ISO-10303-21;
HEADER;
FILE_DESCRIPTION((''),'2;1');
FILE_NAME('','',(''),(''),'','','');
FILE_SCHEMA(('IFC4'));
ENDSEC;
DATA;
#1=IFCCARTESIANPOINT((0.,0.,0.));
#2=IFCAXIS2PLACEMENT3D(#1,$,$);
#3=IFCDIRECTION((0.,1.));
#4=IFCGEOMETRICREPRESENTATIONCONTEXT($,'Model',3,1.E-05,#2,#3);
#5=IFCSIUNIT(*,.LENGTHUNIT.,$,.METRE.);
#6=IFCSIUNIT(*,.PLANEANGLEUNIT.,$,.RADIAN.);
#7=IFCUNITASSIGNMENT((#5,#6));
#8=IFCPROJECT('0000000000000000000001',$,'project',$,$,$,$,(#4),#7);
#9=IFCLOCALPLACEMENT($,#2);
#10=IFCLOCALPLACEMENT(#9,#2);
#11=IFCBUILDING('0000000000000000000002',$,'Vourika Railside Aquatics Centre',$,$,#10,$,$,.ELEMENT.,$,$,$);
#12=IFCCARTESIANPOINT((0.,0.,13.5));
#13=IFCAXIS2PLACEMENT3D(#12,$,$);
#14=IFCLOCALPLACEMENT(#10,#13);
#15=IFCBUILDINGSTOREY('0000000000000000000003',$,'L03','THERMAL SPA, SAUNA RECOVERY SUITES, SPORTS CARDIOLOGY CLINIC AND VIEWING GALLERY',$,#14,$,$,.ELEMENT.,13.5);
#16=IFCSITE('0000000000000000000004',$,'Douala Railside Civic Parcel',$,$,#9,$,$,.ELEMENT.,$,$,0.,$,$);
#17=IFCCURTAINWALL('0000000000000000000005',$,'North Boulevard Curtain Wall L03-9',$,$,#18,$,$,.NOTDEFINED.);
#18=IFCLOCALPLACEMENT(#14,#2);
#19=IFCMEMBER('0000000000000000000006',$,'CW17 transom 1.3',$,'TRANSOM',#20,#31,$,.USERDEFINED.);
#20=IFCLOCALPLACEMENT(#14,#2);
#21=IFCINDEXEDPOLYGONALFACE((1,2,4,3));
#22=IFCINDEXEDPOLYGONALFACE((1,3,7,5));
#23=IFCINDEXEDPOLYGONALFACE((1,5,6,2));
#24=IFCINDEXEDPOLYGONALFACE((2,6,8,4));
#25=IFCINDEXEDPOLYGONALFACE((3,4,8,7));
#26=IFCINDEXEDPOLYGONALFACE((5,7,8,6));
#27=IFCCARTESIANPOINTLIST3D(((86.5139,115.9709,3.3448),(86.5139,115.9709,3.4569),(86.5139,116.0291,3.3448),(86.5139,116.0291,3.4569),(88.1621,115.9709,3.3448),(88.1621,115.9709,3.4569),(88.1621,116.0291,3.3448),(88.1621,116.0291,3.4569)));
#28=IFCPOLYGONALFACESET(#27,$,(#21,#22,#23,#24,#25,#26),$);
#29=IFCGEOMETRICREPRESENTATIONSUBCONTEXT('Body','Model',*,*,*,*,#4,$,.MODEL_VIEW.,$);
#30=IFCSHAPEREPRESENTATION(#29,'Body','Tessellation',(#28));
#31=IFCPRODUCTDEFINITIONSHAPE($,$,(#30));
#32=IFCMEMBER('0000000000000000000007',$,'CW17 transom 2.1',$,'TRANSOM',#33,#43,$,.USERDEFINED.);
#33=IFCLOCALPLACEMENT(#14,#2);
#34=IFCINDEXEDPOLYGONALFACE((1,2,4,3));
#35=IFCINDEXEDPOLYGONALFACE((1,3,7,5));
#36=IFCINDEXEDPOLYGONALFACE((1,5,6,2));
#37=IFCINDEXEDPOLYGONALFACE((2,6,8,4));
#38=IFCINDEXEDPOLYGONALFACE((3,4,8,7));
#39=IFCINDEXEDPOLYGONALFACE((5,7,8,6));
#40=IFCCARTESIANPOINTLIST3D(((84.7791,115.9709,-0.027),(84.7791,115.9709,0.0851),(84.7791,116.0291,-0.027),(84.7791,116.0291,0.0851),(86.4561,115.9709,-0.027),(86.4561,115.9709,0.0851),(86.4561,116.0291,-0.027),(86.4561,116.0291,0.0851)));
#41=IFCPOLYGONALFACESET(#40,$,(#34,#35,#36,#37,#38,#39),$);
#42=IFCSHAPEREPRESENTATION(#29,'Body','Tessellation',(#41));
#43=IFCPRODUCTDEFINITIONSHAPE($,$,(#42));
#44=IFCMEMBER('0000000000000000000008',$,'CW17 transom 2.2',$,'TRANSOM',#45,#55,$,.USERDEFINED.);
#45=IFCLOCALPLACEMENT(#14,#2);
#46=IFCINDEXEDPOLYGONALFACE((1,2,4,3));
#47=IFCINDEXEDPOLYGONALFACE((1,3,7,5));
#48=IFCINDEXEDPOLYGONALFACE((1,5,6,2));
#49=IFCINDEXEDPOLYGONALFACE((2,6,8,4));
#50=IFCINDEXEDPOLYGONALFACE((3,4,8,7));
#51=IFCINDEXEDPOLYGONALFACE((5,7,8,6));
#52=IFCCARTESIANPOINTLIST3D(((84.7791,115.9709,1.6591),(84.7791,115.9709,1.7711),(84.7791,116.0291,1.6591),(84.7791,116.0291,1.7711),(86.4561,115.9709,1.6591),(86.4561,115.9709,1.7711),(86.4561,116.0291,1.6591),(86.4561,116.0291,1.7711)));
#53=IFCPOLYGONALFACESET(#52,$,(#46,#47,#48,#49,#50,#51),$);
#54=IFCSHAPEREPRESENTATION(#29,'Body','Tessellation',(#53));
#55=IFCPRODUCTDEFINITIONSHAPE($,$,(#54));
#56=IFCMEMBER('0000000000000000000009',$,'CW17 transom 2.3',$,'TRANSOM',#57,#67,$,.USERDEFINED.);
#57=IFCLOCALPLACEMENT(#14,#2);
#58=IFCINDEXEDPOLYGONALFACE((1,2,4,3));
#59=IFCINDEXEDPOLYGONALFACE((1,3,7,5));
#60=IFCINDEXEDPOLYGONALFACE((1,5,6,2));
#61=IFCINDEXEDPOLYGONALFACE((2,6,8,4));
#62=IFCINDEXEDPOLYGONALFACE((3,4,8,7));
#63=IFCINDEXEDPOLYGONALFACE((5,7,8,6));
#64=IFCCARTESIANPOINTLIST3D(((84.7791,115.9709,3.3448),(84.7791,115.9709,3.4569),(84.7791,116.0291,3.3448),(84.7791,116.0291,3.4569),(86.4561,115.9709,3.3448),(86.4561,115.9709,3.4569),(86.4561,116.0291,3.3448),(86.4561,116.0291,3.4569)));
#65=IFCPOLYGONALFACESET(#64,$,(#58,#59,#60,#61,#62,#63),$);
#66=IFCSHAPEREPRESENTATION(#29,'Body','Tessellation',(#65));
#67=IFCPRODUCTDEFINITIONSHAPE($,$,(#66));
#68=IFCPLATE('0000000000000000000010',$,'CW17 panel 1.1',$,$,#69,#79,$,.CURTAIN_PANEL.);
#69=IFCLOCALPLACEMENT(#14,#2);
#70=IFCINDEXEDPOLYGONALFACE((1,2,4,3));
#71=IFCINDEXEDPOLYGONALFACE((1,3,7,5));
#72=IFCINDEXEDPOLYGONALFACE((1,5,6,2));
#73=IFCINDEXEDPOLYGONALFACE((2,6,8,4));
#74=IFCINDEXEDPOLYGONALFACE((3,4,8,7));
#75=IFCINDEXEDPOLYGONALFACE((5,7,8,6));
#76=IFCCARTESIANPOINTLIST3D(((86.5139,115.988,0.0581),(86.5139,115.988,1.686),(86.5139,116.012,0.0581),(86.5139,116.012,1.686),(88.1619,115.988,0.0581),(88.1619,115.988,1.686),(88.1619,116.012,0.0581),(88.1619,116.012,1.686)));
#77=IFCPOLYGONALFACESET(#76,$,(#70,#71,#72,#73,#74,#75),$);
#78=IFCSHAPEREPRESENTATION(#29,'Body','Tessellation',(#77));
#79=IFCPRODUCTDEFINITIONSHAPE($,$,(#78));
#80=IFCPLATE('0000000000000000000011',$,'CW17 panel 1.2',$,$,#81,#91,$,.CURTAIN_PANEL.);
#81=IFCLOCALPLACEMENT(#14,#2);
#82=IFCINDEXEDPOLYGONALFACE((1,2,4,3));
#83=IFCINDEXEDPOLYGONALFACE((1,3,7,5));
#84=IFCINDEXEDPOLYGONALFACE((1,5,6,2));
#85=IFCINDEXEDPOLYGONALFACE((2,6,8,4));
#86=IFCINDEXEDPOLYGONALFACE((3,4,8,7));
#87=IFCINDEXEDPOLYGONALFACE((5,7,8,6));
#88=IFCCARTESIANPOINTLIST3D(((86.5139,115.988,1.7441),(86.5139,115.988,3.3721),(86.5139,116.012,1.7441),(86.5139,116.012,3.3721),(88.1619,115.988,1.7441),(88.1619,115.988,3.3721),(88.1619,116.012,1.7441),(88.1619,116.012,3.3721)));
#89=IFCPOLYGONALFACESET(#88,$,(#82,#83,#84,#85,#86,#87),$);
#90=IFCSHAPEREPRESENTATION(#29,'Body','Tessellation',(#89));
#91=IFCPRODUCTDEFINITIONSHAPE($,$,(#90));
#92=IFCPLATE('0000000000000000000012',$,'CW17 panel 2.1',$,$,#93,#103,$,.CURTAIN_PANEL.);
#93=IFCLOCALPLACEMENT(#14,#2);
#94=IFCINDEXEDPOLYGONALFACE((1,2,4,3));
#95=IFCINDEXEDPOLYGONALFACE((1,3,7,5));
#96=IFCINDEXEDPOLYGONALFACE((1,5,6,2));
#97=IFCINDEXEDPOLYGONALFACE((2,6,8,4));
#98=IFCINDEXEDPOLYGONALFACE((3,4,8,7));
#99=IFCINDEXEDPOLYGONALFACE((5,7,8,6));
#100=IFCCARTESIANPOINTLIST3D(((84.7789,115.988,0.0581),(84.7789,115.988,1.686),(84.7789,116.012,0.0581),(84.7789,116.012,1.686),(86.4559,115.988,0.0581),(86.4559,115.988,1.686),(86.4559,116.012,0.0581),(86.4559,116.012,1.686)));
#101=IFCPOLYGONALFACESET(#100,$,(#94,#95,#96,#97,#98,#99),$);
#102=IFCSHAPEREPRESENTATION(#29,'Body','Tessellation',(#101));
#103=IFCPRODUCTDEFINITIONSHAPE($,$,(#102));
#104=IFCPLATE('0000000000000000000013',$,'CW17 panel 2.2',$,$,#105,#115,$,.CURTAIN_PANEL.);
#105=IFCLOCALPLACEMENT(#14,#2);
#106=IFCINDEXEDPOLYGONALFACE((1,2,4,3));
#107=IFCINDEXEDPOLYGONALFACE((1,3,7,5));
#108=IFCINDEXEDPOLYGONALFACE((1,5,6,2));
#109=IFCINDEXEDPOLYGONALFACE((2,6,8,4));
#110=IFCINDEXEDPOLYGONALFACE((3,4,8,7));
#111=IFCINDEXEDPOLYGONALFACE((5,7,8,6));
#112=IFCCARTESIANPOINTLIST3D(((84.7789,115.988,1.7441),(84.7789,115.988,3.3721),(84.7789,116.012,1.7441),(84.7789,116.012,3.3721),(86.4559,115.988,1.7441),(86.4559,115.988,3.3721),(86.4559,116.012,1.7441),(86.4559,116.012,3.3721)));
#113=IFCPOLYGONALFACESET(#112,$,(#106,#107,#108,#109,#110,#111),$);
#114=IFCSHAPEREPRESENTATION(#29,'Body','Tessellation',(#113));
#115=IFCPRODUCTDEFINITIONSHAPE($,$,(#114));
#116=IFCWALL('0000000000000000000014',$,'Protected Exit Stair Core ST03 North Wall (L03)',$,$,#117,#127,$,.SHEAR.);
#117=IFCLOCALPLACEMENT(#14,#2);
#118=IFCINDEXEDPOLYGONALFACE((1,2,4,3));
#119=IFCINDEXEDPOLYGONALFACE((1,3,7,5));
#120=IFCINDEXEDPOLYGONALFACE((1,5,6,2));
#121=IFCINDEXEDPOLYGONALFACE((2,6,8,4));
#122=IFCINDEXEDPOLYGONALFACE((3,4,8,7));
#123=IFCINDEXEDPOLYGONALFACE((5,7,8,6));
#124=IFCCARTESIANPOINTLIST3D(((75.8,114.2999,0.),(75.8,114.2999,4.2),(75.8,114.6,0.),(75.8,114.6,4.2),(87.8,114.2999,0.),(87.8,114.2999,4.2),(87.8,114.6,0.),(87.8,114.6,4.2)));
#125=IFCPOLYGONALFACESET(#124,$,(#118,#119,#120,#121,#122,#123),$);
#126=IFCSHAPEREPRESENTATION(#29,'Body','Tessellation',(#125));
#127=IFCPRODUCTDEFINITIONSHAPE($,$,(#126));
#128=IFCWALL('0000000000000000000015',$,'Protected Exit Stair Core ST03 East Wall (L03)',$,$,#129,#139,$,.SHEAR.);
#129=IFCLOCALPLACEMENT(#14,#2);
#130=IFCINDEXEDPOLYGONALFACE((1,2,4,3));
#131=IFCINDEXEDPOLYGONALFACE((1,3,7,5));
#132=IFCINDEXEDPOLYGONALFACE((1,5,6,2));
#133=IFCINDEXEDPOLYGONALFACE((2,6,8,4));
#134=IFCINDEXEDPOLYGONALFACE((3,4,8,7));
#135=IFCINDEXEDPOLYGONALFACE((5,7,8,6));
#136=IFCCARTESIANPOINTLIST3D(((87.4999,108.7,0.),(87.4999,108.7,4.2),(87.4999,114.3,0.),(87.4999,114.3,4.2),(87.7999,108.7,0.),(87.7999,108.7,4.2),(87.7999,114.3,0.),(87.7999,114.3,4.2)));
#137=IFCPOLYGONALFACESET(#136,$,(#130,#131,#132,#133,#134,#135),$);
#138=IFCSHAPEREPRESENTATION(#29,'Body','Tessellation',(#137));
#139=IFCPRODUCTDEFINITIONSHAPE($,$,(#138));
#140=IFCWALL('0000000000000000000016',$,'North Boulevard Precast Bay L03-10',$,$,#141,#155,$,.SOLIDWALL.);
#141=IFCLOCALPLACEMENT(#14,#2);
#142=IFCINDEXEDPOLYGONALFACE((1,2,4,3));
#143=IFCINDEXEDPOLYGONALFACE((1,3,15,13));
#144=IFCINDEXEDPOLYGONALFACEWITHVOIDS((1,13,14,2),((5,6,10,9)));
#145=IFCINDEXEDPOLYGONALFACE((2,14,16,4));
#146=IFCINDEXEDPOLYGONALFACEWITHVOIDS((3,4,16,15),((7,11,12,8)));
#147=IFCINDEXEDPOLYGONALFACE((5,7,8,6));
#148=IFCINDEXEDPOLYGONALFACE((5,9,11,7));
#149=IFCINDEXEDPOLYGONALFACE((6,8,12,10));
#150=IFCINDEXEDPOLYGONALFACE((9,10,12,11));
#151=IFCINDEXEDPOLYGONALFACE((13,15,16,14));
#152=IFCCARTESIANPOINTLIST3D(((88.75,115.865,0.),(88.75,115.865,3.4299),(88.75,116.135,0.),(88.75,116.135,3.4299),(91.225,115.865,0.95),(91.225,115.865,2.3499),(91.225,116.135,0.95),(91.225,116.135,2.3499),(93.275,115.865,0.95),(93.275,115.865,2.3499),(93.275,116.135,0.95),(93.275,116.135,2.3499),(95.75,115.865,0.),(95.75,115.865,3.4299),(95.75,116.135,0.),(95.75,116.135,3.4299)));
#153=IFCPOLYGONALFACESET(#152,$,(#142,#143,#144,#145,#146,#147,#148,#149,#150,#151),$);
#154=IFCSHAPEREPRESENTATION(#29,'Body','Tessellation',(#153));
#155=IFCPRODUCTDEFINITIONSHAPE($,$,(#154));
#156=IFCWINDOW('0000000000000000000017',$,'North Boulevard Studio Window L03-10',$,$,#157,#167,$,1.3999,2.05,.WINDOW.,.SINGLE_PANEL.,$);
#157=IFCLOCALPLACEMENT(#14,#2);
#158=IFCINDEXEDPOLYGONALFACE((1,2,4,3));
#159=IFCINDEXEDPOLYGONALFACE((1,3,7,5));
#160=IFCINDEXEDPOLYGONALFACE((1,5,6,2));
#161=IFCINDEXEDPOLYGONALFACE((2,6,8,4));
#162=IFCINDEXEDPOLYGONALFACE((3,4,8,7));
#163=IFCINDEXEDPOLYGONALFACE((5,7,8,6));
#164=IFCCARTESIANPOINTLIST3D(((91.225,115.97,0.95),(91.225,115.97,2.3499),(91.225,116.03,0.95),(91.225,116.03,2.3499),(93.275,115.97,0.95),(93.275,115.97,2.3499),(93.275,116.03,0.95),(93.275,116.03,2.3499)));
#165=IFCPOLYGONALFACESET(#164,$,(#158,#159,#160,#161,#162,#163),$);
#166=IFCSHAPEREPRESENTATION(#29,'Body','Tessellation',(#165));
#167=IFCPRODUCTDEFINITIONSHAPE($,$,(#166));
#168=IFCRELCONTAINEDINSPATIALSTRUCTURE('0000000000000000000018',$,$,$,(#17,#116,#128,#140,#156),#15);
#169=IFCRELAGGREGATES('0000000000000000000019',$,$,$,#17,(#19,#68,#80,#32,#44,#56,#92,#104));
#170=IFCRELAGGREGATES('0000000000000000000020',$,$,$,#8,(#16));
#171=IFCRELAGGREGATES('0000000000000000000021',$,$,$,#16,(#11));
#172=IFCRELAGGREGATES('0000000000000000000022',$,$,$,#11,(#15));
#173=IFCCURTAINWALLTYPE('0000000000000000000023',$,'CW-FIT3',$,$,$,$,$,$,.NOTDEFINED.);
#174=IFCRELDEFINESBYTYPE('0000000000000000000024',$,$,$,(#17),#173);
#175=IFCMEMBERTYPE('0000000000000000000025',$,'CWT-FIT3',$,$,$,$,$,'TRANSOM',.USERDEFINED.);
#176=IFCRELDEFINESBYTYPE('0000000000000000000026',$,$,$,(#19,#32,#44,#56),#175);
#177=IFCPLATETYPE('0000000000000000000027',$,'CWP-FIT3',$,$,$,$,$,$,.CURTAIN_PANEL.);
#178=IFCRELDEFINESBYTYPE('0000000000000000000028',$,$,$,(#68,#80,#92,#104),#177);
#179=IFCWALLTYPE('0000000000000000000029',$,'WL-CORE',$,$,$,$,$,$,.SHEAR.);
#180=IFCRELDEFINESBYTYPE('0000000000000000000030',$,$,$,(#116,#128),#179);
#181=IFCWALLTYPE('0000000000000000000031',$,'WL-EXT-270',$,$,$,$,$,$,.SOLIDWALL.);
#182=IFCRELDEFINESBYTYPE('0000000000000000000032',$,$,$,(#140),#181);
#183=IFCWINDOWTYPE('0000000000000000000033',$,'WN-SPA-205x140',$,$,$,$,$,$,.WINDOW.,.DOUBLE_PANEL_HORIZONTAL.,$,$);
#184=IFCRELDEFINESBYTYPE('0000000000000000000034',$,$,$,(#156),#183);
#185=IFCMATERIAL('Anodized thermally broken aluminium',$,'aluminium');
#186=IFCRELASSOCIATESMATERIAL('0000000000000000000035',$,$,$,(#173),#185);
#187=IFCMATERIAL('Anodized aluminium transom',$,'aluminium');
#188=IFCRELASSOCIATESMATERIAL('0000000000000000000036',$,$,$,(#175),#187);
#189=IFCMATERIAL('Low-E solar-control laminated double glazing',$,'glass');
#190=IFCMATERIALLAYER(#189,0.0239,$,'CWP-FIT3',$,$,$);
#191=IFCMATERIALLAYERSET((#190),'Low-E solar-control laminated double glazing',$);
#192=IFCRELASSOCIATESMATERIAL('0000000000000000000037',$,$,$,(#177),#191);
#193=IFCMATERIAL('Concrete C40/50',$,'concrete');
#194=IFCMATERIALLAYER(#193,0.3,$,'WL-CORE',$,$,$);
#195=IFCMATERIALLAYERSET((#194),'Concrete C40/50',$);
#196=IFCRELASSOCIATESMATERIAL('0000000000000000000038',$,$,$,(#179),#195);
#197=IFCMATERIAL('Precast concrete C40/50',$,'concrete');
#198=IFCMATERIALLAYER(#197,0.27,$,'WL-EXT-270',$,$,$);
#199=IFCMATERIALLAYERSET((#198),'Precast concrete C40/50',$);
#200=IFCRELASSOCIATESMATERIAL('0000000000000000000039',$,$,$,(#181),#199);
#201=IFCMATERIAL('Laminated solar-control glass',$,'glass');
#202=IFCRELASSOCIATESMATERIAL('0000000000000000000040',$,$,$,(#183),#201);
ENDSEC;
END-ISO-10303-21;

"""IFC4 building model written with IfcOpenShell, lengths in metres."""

from ifc_helpers import new_model, si_unit, direction, frame, frame_2d, origin, origin_2d, place, context, subcontext, project, spatial, rectangle, extrude, material, layer, layer_set, material_profile, profile_set, type_object, element, fill, aggregate, save


model = new_model("IFC4")

# Units and contexts
model_context = context("Model", 3, precision=1e-05, world=origin(), true_north=direction((0.0, 1.0)))
body_context = subcontext(model_context, "Body", "Model", "MODEL_VIEW")
ifc_project = project(units=[si_unit("LENGTHUNIT", "METRE"), si_unit("PLANEANGLEUNIT", "RADIAN")], contexts=[model_context])

# Site, building, storey
site_placement = place(None, origin())
site = spatial("IfcSite", under=ifc_project, at=site_placement, Name="Douala Railside Civic Parcel", CompositionType="ELEMENT", RefElevation=0.0)
building_placement = place(site_placement, origin())
building = spatial("IfcBuilding", under=site, at=building_placement, Name="Vourika Railside Aquatics Centre", CompositionType="ELEMENT")
storey_placement = place(building_placement, frame((0.0, 0.0, 13.5)))
storey = spatial("IfcBuildingStorey", under=building, at=storey_placement, Name="L03", Description="THERMAL SPA, SAUNA RECOVERY SUITES, SPORTS CARDIOLOGY CLINIC AND VIEWING GALLERY", CompositionType="ELEMENT", Elevation=13.5)

# Curtain wall, members, plates
ifc_material_1 = material(Name="Anodized thermally broken aluminium", Category="aluminium")
curtain_wall_type = type_object("IfcCurtainWallType", Name="CW-FIT3", PredefinedType="NOTDEFINED", material=ifc_material_1)
curtain_wall_placement = place(storey_placement, origin())
curtain_wall = element("IfcCurtainWall", 1, at=curtain_wall_placement, inside=storey, type_object=curtain_wall_type, Name="North Boulevard Curtain Wall L03-9", PredefinedType="NOTDEFINED")
ifc_material_2 = material(Name="Anodized aluminium transom", Category="aluminium")
ifc_material_profile_1 = material_profile(ifc_material_2, rectangle(XDim=0.0581, YDim=0.1121, at=origin_2d()), Name="ALU-T 58x112")
ifc_profile_set_1 = profile_set([ifc_material_profile_1], Name="Anodized aluminium transom")
member_type_1 = type_object("IfcMemberType", Name="CWT-FIT3", ElementType="TRANSOM", PredefinedType="USERDEFINED", material=ifc_profile_set_1)
member_1_placement = place(storey_placement, frame((88.1621, 116.0, 3.4009), z_axis=(-1.0, 0.0, 0.0), x_axis=(0.0, -1.0, 0.0)))
member_1 = element("IfcMember", 2, at=member_1_placement, type_object=member_type_1, Name="CW17 transom 1.3", ObjectType="TRANSOM", PredefinedType="USERDEFINED", context=body_context, shape_type="SweptSolid", body=[
    extrude(rectangle(XDim=0.0581, YDim=0.1121, at=origin_2d()), origin(), (0.0, 0.0, 1.0), 1.6482),
])
member_2_placement = place(storey_placement, frame((86.4561, 116.0, 0.0291), z_axis=(-1.0, 0.0, 0.0), x_axis=(0.0, -1.0, 0.0)))
member_2 = element("IfcMember", 3, at=member_2_placement, type_object=member_type_1, Name="CW17 transom 2.1", ObjectType="TRANSOM", PredefinedType="USERDEFINED", context=body_context, shape_type="SweptSolid", body=[
    extrude(rectangle(XDim=0.0581, YDim=0.1121, at=origin_2d()), origin(), (0.0, 0.0, 1.0), 1.677),
])
member_3_placement = place(storey_placement, frame((86.4561, 116.0, 1.7151), z_axis=(-1.0, 0.0, 0.0), x_axis=(0.0, -1.0, 0.0)))
member_3 = element("IfcMember", 4, at=member_3_placement, type_object=member_type_1, Name="CW17 transom 2.2", ObjectType="TRANSOM", PredefinedType="USERDEFINED", context=body_context, shape_type="SweptSolid", body=[
    extrude(rectangle(XDim=0.0581, YDim=0.1121, at=origin_2d()), origin(), (0.0, 0.0, 1.0), 1.677),
])
member_4_placement = place(storey_placement, frame((86.4561, 116.0, 3.4009), z_axis=(-1.0, 0.0, 0.0), x_axis=(0.0, -1.0, 0.0)))
member_4 = element("IfcMember", 5, at=member_4_placement, type_object=member_type_1, Name="CW17 transom 2.3", ObjectType="TRANSOM", PredefinedType="USERDEFINED", context=body_context, shape_type="SweptSolid", body=[
    extrude(rectangle(XDim=0.0581, YDim=0.1121, at=origin_2d()), origin(), (0.0, 0.0, 1.0), 1.677),
])
ifc_material_3 = material(Name="Low-E solar-control laminated double glazing", Category="glass")
ifc_layer_1 = layer(ifc_material_3, 0.0239, Name="CWP-FIT3")
ifc_layer_set_1 = layer_set([ifc_layer_1], Name="Low-E solar-control laminated double glazing")
plate_type = type_object("IfcPlateType", Name="CWP-FIT3", PredefinedType="CURTAIN_PANEL", material=ifc_layer_set_1)
plate_1_placement = place(storey_placement, frame((87.3379, 116.0, 0.0581), z_axis=(0.0, 0.0, 1.0), x_axis=(-1.0, 0.0, 0.0)))
plate_1 = element("IfcPlate", 6, at=plate_1_placement, type_object=plate_type, Name="CW17 panel 1.1", PredefinedType="CURTAIN_PANEL", context=body_context, shape_type="SweptSolid", body=[
    extrude(rectangle(XDim=1.6479, YDim=0.0239, at=origin_2d()), origin(), (0.0, 0.0, 1.0), 1.6279),
])
plate_2_placement = place(storey_placement, frame((87.3379, 116.0, 1.7441), z_axis=(0.0, 0.0, 1.0), x_axis=(-1.0, 0.0, 0.0)))
plate_2 = element("IfcPlate", 7, at=plate_2_placement, type_object=plate_type, Name="CW17 panel 1.2", PredefinedType="CURTAIN_PANEL", context=body_context, shape_type="SweptSolid", body=[
    extrude(rectangle(XDim=1.6479, YDim=0.0239, at=origin_2d()), origin(), (0.0, 0.0, 1.0), 1.6279),
])
plate_3_placement = place(storey_placement, frame((85.6174, 116.0, 0.0581), z_axis=(0.0, 0.0, 1.0), x_axis=(-1.0, 0.0, 0.0)))
plate_3 = element("IfcPlate", 8, at=plate_3_placement, type_object=plate_type, Name="CW17 panel 2.1", PredefinedType="CURTAIN_PANEL", context=body_context, shape_type="SweptSolid", body=[
    extrude(rectangle(XDim=1.677, YDim=0.0239, at=origin_2d()), origin(), (0.0, 0.0, 1.0), 1.6279),
])
plate_4_placement = place(storey_placement, frame((85.6174, 116.0, 1.7441), z_axis=(0.0, 0.0, 1.0), x_axis=(-1.0, 0.0, 0.0)))
plate_4 = element("IfcPlate", 9, at=plate_4_placement, type_object=plate_type, Name="CW17 panel 2.2", PredefinedType="CURTAIN_PANEL", context=body_context, shape_type="SweptSolid", body=[
    extrude(rectangle(XDim=1.677, YDim=0.0239, at=origin_2d()), origin(), (0.0, 0.0, 1.0), 1.6279),
])
aggregate(curtain_wall, [member_1, plate_1, plate_2, member_2, member_3, member_4, plate_3, plate_4])

# Walls
ifc_material_4 = material(Name="Concrete C40/50", Category="concrete")
ifc_layer_2 = layer(ifc_material_4, 0.3, Name="WL-CORE")
ifc_layer_set_2 = layer_set([ifc_layer_2], Name="Concrete C40/50")
wall_type_1 = type_object("IfcWallType", Name="WL-CORE", PredefinedType="SHEAR", material=ifc_layer_set_2)
wall_1_placement = place(storey_placement, frame((87.8, 114.45, 0.0), z_axis=(0.0, 0.0, 1.0), x_axis=(-1.0, 0.0, 0.0)))
element("IfcWall", 10, at=wall_1_placement, inside=storey, type_object=wall_type_1, Name="Protected Exit Stair Core ST03 North Wall (L03)", PredefinedType="SHEAR", context=body_context, shape_type="SweptSolid", body=[
    extrude(rectangle(XDim=12.0, YDim=0.3, at=frame_2d((6.0, 0.0))), origin(), (0.0, 0.0, 1.0), 4.2),
])
wall_2_placement = place(storey_placement, frame((87.6499, 108.7, 0.0), z_axis=(0.0, 0.0, 1.0), x_axis=(0.0, 1.0, 0.0)))
element("IfcWall", 11, at=wall_2_placement, inside=storey, type_object=wall_type_1, Name="Protected Exit Stair Core ST03 East Wall (L03)", PredefinedType="SHEAR", context=body_context, shape_type="SweptSolid", body=[
    extrude(rectangle(XDim=5.6001, YDim=0.3, at=frame_2d((2.8, 0.0))), origin(), (0.0, 0.0, 1.0), 4.2),
])

# Wall, opening, window
ifc_material_5 = material(Name="Precast concrete C40/50", Category="concrete")
ifc_layer_3 = layer(ifc_material_5, 0.27, Name="WL-EXT-270")
ifc_layer_set_3 = layer_set([ifc_layer_3], Name="Precast concrete C40/50")
wall_type_2 = type_object("IfcWallType", Name="WL-EXT-270", PredefinedType="SOLIDWALL", material=ifc_layer_set_3)
wall_3_placement = place(storey_placement, frame((95.75, 116.0, 0.0), z_axis=(0.0, 0.0, 1.0), x_axis=(-1.0, 0.0, 0.0)))
wall_3 = element("IfcWall", 12, at=wall_3_placement, inside=storey, type_object=wall_type_2, Name="North Boulevard Precast Bay L03-10", PredefinedType="SOLIDWALL", context=body_context, shape_type="SweptSolid", body=[
    extrude(rectangle(XDim=7.0, YDim=0.27, at=frame_2d((3.5, 0.0))), origin(), (0.0, 0.0, 1.0), 3.4299),
])
opening_1_placement = place(wall_3_placement, frame((2.4751, 0.0, 0.95)))
opening_1 = element("IfcOpeningElement", 13, at=opening_1_placement, cuts=wall_3, PredefinedType="OPENING", context=body_context, shape_type="SweptSolid", body=[
    extrude(rectangle(XDim=2.05, YDim=1.3999, at=frame_2d((1.0249, 0.7))), frame((0.0, 0.145, 0.0), z_axis=(0.0, -1.0, 0.0), x_axis=(1.0, 0.0, 0.0)), (0.0, 0.0, 1.0), 0.29),
])
ifc_material_6 = material(Name="Laminated solar-control glass", Category="glass")
window_type = type_object("IfcWindowType", Name="WN-SPA-205x140", PartitioningType="DOUBLE_PANEL_HORIZONTAL", PredefinedType="WINDOW", material=ifc_material_6)
window_placement = place(opening_1_placement, origin())
window = element("IfcWindow", 14, at=window_placement, inside=storey, type_object=window_type, Name="North Boulevard Studio Window L03-10", OverallHeight=1.3999, OverallWidth=2.05, PartitioningType="SINGLE_PANEL", PredefinedType="WINDOW", context=body_context, shape_type="SweptSolid", body=[
    extrude(rectangle(XDim=2.05, YDim=1.3999, at=frame_2d((1.0249, 0.7))), frame((0.0, 0.03, 0.0), z_axis=(0.0, -1.0, 0.0), x_axis=(1.0, 0.0, 0.0)), (0.0, 0.0, 1.0), 0.0601),
])
fill(opening_1, window)

save(model, "model.ifc")
